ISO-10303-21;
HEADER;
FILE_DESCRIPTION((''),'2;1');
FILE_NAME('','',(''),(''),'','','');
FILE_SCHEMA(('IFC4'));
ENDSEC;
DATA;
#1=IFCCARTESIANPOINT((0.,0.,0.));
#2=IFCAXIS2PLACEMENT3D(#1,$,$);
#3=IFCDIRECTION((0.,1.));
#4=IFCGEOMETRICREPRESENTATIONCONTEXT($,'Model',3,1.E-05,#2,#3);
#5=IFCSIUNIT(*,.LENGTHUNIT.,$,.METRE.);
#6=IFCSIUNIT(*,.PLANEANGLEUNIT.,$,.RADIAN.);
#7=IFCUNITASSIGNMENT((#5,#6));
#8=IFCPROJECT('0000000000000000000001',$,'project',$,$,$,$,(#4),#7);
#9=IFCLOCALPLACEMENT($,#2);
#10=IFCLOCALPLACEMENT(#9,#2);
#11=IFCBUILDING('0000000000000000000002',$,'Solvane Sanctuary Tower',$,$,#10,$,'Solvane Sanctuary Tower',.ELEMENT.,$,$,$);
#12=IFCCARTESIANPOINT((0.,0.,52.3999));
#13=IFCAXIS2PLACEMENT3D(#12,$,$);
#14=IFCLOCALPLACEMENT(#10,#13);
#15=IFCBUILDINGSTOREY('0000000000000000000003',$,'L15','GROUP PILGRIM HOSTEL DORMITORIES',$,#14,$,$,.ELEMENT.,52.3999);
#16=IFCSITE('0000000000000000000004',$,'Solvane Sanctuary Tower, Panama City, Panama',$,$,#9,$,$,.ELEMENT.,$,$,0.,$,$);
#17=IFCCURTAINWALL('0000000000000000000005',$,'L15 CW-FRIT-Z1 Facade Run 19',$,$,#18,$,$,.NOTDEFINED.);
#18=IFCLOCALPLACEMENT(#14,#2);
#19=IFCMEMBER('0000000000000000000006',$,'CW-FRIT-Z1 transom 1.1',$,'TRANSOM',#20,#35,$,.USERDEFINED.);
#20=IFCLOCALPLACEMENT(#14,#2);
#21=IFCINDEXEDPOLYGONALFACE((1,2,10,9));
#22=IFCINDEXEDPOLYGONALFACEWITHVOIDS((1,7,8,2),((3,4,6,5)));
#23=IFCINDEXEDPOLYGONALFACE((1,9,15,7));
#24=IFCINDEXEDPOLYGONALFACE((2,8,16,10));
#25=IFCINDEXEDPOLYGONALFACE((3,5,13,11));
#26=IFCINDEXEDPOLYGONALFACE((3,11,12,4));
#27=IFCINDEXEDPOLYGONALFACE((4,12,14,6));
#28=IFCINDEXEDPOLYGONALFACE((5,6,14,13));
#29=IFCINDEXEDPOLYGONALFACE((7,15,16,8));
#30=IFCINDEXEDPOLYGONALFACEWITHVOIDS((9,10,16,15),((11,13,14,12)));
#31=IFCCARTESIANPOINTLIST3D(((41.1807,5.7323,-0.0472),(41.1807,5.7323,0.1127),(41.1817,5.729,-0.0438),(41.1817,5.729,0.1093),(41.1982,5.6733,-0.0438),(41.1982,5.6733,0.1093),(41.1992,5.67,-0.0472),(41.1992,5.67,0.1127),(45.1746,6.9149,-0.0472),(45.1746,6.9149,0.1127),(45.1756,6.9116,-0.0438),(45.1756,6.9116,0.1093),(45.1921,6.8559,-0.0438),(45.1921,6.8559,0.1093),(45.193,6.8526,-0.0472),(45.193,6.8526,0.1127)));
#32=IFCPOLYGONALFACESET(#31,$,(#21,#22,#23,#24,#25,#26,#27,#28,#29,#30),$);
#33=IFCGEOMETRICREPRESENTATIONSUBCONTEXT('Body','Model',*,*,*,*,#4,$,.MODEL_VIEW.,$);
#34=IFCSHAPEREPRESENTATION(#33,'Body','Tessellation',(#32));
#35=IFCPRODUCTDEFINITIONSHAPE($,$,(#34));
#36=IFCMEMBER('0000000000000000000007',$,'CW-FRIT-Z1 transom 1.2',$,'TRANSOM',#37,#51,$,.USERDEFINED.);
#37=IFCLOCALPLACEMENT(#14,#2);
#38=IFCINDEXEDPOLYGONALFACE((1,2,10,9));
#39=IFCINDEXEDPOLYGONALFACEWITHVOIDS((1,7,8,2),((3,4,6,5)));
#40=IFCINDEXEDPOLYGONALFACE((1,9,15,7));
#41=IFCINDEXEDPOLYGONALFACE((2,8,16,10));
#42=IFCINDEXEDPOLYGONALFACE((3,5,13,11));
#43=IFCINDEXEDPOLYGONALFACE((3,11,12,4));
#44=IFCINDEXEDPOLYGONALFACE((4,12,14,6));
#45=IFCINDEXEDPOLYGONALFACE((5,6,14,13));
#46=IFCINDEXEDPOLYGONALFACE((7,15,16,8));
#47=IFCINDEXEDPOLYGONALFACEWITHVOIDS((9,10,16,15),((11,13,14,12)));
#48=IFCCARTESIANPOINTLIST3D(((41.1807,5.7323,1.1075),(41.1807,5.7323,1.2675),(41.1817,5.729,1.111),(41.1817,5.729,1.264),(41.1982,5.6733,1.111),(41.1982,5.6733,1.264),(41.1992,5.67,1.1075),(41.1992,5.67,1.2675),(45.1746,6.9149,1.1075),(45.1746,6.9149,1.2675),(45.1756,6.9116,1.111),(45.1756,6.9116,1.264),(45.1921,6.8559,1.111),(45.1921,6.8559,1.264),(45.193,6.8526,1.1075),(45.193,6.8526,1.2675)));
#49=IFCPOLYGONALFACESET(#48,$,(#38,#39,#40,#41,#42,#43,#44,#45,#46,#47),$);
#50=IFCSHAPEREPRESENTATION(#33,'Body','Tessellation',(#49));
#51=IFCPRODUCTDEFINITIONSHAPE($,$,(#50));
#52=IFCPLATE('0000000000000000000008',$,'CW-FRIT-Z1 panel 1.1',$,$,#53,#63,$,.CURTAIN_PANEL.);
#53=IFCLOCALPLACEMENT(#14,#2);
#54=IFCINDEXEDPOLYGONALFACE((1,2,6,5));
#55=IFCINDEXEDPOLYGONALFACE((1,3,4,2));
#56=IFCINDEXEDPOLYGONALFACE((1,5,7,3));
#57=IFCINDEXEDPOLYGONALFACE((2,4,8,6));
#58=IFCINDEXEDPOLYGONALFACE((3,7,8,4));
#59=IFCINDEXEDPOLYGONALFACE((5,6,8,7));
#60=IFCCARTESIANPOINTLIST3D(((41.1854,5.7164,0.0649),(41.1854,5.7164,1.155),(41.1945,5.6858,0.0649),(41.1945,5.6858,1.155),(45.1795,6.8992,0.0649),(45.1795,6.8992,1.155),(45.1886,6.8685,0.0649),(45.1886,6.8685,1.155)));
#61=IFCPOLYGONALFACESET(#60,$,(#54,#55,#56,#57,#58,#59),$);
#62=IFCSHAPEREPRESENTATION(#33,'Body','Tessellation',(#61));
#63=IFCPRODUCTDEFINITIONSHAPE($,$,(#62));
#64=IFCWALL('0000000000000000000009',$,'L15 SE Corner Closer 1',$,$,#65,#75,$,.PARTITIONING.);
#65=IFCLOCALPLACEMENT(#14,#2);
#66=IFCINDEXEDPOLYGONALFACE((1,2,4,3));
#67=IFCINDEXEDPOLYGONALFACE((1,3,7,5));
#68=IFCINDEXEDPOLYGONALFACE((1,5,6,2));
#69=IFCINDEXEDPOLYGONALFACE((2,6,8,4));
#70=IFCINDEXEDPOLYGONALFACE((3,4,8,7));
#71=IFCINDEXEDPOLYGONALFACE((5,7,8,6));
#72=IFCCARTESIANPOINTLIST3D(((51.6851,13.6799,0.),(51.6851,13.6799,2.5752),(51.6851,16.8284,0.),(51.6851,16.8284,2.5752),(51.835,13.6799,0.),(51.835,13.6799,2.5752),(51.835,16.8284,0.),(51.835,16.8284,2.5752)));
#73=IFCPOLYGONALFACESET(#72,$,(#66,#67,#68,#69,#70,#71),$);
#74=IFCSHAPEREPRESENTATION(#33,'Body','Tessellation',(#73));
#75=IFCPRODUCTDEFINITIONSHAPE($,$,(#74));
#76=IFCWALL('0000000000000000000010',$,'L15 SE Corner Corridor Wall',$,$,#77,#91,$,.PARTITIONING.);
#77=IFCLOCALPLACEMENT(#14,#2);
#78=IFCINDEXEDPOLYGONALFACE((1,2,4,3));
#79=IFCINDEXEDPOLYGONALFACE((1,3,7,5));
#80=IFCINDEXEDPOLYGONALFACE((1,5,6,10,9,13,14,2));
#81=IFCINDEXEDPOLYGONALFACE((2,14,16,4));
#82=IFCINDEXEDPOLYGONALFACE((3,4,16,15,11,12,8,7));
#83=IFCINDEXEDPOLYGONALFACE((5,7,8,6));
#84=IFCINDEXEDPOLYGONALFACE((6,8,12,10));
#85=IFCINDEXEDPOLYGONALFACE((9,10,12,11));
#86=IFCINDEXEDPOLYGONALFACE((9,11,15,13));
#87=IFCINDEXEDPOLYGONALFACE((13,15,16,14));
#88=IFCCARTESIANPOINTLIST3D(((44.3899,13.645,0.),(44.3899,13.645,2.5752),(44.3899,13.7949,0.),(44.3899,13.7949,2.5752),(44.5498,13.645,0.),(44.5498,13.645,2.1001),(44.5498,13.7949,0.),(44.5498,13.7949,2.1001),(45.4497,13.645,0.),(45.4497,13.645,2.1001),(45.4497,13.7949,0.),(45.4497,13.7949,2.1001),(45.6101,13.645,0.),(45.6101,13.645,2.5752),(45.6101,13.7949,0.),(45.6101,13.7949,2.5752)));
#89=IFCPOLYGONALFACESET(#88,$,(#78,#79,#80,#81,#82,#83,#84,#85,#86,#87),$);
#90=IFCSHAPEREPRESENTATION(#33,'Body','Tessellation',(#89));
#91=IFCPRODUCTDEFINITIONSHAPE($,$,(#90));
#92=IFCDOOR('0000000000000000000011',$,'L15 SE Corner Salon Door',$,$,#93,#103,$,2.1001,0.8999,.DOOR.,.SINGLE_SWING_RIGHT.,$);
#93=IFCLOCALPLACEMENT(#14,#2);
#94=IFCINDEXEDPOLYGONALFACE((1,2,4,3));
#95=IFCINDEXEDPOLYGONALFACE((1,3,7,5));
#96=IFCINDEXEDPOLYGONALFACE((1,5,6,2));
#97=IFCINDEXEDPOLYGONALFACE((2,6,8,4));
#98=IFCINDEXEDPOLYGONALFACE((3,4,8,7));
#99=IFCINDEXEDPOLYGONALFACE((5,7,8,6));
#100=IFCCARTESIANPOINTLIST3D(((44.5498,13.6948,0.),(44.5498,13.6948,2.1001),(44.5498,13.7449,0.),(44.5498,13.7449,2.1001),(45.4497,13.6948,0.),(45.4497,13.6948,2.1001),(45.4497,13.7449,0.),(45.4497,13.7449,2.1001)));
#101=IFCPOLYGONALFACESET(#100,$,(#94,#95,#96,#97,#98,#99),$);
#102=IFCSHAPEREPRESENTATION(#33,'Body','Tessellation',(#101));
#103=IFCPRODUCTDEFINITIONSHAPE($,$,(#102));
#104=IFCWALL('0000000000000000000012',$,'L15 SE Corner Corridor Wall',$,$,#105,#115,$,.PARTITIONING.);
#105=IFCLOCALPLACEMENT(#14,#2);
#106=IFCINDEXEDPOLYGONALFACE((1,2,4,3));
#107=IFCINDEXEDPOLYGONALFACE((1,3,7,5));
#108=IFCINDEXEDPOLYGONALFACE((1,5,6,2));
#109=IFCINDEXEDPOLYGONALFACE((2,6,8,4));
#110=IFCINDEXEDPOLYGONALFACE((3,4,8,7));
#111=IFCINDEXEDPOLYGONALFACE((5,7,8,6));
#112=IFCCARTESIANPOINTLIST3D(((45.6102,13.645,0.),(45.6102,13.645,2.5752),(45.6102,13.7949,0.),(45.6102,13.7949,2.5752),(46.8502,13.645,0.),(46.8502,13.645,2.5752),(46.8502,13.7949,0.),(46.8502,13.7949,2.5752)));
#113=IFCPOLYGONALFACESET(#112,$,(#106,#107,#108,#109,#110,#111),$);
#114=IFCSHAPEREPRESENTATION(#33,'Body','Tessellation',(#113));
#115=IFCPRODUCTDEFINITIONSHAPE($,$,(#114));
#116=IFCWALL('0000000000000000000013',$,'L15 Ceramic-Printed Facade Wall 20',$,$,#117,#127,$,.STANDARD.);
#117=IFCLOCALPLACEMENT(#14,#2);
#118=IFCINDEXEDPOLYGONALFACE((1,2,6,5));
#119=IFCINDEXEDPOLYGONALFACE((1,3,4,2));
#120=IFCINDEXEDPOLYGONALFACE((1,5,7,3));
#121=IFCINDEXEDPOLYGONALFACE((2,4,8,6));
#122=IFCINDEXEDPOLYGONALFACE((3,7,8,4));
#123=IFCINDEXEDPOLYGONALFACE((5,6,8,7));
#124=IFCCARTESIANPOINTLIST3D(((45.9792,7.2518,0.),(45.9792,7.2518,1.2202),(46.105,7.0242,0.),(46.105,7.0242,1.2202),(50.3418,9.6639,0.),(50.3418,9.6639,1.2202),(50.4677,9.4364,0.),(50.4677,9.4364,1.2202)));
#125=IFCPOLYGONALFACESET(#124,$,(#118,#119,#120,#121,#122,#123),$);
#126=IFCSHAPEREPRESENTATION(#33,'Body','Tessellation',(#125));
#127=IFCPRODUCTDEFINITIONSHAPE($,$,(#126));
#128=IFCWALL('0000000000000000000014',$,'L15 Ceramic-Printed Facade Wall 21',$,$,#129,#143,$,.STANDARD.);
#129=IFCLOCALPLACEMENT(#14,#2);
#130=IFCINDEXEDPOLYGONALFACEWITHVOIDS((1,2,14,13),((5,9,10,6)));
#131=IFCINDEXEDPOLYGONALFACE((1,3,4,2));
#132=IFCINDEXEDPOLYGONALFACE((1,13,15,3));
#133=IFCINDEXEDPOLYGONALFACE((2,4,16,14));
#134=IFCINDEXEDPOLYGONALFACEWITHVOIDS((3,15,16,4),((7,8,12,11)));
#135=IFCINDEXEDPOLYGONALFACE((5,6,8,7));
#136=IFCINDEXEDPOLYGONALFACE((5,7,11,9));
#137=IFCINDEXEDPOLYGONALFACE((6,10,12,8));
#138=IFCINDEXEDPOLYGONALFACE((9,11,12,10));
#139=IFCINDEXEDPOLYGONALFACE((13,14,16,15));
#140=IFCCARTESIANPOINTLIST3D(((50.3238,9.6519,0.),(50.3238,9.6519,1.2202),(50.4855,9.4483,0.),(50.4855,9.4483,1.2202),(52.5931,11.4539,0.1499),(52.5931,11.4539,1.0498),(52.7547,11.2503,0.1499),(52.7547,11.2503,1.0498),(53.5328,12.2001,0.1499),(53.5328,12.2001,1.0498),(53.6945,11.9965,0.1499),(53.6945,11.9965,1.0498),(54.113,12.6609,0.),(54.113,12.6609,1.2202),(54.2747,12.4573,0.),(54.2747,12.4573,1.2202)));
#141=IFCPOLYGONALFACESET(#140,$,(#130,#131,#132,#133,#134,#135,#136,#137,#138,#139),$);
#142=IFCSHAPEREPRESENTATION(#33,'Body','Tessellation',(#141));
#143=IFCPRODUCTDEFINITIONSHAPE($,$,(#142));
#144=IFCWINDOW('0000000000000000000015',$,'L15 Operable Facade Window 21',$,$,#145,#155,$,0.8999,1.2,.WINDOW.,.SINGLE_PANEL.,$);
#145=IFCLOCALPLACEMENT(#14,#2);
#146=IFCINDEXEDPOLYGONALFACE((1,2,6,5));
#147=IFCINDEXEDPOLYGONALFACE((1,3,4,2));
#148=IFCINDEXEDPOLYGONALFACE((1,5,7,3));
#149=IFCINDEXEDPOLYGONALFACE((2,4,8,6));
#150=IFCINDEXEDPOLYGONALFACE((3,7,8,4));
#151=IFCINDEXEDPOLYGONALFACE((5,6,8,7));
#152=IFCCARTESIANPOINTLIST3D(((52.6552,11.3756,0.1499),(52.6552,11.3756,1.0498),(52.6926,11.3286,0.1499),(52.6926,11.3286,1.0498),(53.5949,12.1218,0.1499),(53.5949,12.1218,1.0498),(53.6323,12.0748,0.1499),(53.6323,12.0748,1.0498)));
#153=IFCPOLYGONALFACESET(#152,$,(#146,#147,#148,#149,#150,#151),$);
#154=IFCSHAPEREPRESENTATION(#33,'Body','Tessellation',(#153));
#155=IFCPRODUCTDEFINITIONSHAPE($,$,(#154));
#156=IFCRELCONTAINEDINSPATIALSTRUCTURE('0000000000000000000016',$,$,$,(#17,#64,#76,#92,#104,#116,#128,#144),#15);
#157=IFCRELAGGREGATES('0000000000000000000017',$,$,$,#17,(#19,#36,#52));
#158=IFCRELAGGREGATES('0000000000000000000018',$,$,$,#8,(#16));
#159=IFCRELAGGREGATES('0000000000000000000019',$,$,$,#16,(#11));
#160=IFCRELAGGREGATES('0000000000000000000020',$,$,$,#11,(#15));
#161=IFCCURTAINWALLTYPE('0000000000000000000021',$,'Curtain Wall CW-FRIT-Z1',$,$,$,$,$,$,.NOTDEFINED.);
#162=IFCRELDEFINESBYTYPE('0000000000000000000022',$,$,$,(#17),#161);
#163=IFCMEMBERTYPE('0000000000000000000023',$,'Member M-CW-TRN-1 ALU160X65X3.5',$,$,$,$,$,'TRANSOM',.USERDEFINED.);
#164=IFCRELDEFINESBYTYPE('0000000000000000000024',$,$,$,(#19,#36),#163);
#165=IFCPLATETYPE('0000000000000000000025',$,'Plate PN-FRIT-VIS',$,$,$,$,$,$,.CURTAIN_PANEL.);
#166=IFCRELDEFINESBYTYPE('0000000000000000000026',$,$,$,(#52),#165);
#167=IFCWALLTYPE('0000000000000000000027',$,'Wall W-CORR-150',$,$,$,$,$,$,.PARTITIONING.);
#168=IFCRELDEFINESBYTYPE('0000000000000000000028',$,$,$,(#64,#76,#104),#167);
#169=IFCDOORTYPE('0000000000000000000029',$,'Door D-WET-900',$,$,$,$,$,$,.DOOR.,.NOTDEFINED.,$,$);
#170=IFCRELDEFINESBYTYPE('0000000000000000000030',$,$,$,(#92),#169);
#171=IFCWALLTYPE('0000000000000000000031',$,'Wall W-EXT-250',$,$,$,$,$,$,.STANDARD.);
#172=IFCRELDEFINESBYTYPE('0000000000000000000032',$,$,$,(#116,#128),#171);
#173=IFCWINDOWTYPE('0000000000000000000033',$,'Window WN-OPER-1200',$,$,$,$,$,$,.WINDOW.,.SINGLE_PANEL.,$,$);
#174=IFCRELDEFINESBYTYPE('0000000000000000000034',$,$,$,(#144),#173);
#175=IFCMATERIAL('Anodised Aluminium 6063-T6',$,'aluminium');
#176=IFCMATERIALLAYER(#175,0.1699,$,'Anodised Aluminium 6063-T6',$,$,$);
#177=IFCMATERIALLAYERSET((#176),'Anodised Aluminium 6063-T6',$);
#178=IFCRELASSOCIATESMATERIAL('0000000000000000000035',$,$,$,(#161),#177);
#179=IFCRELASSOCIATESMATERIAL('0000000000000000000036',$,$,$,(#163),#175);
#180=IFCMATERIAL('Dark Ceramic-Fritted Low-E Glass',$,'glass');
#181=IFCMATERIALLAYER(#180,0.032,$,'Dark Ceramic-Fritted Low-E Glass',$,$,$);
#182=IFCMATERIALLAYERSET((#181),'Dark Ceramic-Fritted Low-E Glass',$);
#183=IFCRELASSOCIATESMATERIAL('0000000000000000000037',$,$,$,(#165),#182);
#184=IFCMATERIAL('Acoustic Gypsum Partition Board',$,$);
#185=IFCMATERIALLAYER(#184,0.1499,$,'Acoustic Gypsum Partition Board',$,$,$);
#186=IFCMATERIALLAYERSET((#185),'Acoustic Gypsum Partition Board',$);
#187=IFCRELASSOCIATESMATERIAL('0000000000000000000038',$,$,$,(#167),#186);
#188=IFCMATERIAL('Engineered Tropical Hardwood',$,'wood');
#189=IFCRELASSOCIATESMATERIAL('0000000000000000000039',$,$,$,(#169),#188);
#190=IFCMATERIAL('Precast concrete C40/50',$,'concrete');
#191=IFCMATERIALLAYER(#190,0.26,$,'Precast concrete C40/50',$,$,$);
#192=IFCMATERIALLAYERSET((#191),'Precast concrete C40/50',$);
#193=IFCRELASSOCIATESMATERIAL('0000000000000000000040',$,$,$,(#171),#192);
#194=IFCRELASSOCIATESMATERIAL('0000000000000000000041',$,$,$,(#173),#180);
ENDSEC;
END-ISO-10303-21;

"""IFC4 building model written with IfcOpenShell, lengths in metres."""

from ifc_helpers import new_model, si_unit, direction, frame, frame_2d, origin, origin_2d, place, context, subcontext, project, spatial, rectangle, hollow_rectangle, extrude, material, layer, layer_set, material_profile, profile_set, type_object, element, fill, aggregate, save


model = new_model("IFC4")

# Units and contexts
model_context = context("Model", 3, precision=1e-05, world=origin(), true_north=direction((0.0, 1.0)))
body_context = subcontext(model_context, "Body", "Model", "MODEL_VIEW")
ifc_project = project(units=[si_unit("LENGTHUNIT", "METRE"), si_unit("PLANEANGLEUNIT", "RADIAN")], contexts=[model_context])

# Site, building, storey
site_placement = place(None, origin())
site = spatial("IfcSite", under=ifc_project, at=site_placement, Name="Solvane Sanctuary Tower, Panama City, Panama", CompositionType="ELEMENT", RefElevation=0.0)
building_placement = place(site_placement, origin())
building = spatial("IfcBuilding", under=site, at=building_placement, Name="Solvane Sanctuary Tower", LongName="Solvane Sanctuary Tower", CompositionType="ELEMENT")
storey_placement = place(building_placement, frame((0.0, 0.0, 52.3999)))
storey = spatial("IfcBuildingStorey", under=building, at=storey_placement, Name="L15", Description="GROUP PILGRIM HOSTEL DORMITORIES", CompositionType="ELEMENT", Elevation=52.3999)

# Curtain wall, members, plate
ifc_material_1 = material(Name="Anodised Aluminium 6063-T6", Category="aluminium")
ifc_layer_1 = layer(ifc_material_1, 0.1699, Name="Anodised Aluminium 6063-T6")
ifc_layer_set_1 = layer_set([ifc_layer_1], Name="Anodised Aluminium 6063-T6")
curtain_wall_type = type_object("IfcCurtainWallType", Name="Curtain Wall CW-FRIT-Z1", PredefinedType="NOTDEFINED", material=ifc_layer_set_1)
curtain_wall_placement = place(storey_placement, origin())
curtain_wall = element("IfcCurtainWall", 1, at=curtain_wall_placement, inside=storey, type_object=curtain_wall_type, Name="L15 CW-FRIT-Z1 Facade Run 19", PredefinedType="NOTDEFINED")
ifc_material_profile_1 = material_profile(ifc_material_1, hollow_rectangle(XDim=0.0649, YDim=0.1599, WallThickness=0.0034, at=origin_2d()), Name="ALU160X65X3.5")
ifc_profile_set_1 = profile_set([ifc_material_profile_1], Name="Anodised Aluminium 6063-T6")
member_type_1 = type_object("IfcMemberType", Name="Member M-CW-TRN-1 ALU160X65X3.5", ElementType="TRANSOM", PredefinedType="USERDEFINED", material=ifc_profile_set_1)
member_1_placement = place(storey_placement, frame((41.1899, 5.7012, 0.0327), z_axis=(0.958848, 0.283921, 0.0), x_axis=(-0.283921, 0.958848, 0.0)))
member_1 = element("IfcMember", 2, at=member_1_placement, type_object=member_type_1, Name="CW-FRIT-Z1 transom 1.1", ObjectType="TRANSOM", PredefinedType="USERDEFINED", context=body_context, shape_type="SweptSolid", body=[
    extrude(hollow_rectangle(XDim=0.0649, YDim=0.1599, WallThickness=0.0034, at=origin_2d()), origin(), (0.0, 0.0, 1.0), 4.1653),
])
member_2_placement = place(storey_placement, frame((41.1899, 5.7012, 1.1875), z_axis=(0.958848, 0.283921, 0.0), x_axis=(-0.283921, 0.958848, 0.0)))
member_2 = element("IfcMember", 3, at=member_2_placement, type_object=member_type_1, Name="CW-FRIT-Z1 transom 1.2", ObjectType="TRANSOM", PredefinedType="USERDEFINED", context=body_context, shape_type="SweptSolid", body=[
    extrude(hollow_rectangle(XDim=0.0649, YDim=0.1599, WallThickness=0.0034, at=origin_2d()), origin(), (0.0, 0.0, 1.0), 4.1653),
])
ifc_material_2 = material(Name="Dark Ceramic-Fritted Low-E Glass", Category="glass")
ifc_layer_2 = layer(ifc_material_2, 0.032, Name="Dark Ceramic-Fritted Low-E Glass")
ifc_layer_set_2 = layer_set([ifc_layer_2], Name="Dark Ceramic-Fritted Low-E Glass")
plate_type = type_object("IfcPlateType", Name="Plate PN-FRIT-VIS", PredefinedType="CURTAIN_PANEL", material=ifc_layer_set_2)
plate_placement = place(storey_placement, frame((43.187, 6.2925, 0.0649), z_axis=(0.0, 0.0, 1.0), x_axis=(0.958843, 0.283936, 0.0)))
plate = element("IfcPlate", 4, at=plate_placement, type_object=plate_type, Name="CW-FRIT-Z1 panel 1.1", PredefinedType="CURTAIN_PANEL", context=body_context, shape_type="SweptSolid", body=[
    extrude(rectangle(XDim=4.1655, YDim=0.032, at=origin_2d()), origin(), (0.0, 0.0, 1.0), 1.0901),
])
aggregate(curtain_wall, [member_1, member_2, plate])

# Wall
ifc_material_3 = material(Name="Acoustic Gypsum Partition Board")
ifc_layer_3 = layer(ifc_material_3, 0.1499, Name="Acoustic Gypsum Partition Board")
ifc_layer_set_3 = layer_set([ifc_layer_3], Name="Acoustic Gypsum Partition Board")
wall_type_1 = type_object("IfcWallType", Name="Wall W-CORR-150", PredefinedType="PARTITIONING", material=ifc_layer_set_3)
wall_1_placement = place(storey_placement, frame((51.76, 13.6799, 0.0), z_axis=(0.0, 0.0, 1.0), x_axis=(0.0, 1.0, 0.0)))
element("IfcWall", 5, at=wall_1_placement, inside=storey, type_object=wall_type_1, Name="L15 SE Corner Closer 1", PredefinedType="PARTITIONING", context=body_context, shape_type="SweptSolid", body=[
    extrude(rectangle(XDim=3.1484, YDim=0.1499, at=frame_2d((1.5742, 0.0))), origin(), (0.0, 0.0, 1.0), 2.5752),
])

# Wall, opening, door
wall_2_placement = place(storey_placement, frame((44.3899, 13.72, 0.0), z_axis=(0.0, 0.0, 1.0), x_axis=(1.0, 0.0, 0.0)))
wall_2 = element("IfcWall", 6, at=wall_2_placement, inside=storey, type_object=wall_type_1, Name="L15 SE Corner Corridor Wall", PredefinedType="PARTITIONING", context=body_context, shape_type="SweptSolid", body=[
    extrude(rectangle(XDim=1.2202, YDim=0.1499, at=frame_2d((0.6101, 0.0))), origin(), (0.0, 0.0, 1.0), 2.5752),
])
opening_1_placement = place(wall_2_placement, frame((0.1599, 0.0, 0.0)))
opening_1 = element("IfcOpeningElement", 7, at=opening_1_placement, cuts=wall_2, PredefinedType="OPENING", context=body_context, shape_type="SweptSolid", body=[
    extrude(rectangle(XDim=0.8999, YDim=2.1001, at=frame_2d((0.45, 1.05))), frame((0.0, 0.085, 0.0), z_axis=(0.0, -1.0, 0.0), x_axis=(1.0, 0.0, 0.0)), (0.0, 0.0, 1.0), 0.1699),
])
ifc_material_4 = material(Name="Engineered Tropical Hardwood", Category="wood")
door_type_1 = type_object("IfcDoorType", Name="Door D-WET-900", OperationType="NOTDEFINED", PredefinedType="DOOR", material=ifc_material_4)
door_1_placement = place(opening_1_placement, origin())
door_1 = element("IfcDoor", 8, at=door_1_placement, inside=storey, type_object=door_type_1, Name="L15 SE Corner Salon Door", OperationType="SINGLE_SWING_RIGHT", OverallHeight=2.1001, OverallWidth=0.8999, PredefinedType="DOOR", context=body_context, shape_type="SweptSolid", body=[
    extrude(rectangle(XDim=0.8999, YDim=2.1001, at=frame_2d((0.45, 1.05))), frame((0.0, 0.0249, 0.0), z_axis=(0.0, -1.0, 0.0), x_axis=(1.0, 0.0, 0.0)), (0.0, 0.0, 1.0), 0.05),
])
fill(opening_1, door_1)

# Walls
wall_3_placement = place(storey_placement, frame((45.6101, 13.72, 0.0), z_axis=(0.0, 0.0, 1.0), x_axis=(1.0, 0.0, 0.0)))
element("IfcWall", 9, at=wall_3_placement, inside=storey, type_object=wall_type_1, Name="L15 SE Corner Corridor Wall", PredefinedType="PARTITIONING", context=body_context, shape_type="SweptSolid", body=[
    extrude(rectangle(XDim=1.24, YDim=0.1499, at=frame_2d((0.6201, 0.0))), origin(), (0.0, 0.0, 1.0), 2.5752),
])
ifc_material_5 = material(Name="Precast concrete C40/50", Category="concrete")
ifc_layer_4 = layer(ifc_material_5, 0.26, Name="Precast concrete C40/50")
ifc_layer_set_4 = layer_set([ifc_layer_4], Name="Precast concrete C40/50")
wall_type_2 = type_object("IfcWallType", Name="Wall W-EXT-250", PredefinedType="STANDARD", material=ifc_layer_set_4)
wall_4_placement = place(storey_placement, frame((46.042, 7.1379, 0.0), z_axis=(0.0, 0.0, 1.0), x_axis=(0.875137, 0.483875, 0.0)))
element("IfcWall", 10, at=wall_4_placement, inside=storey, type_object=wall_type_2, Name="L15 Ceramic-Printed Facade Wall 20", PredefinedType="STANDARD", context=body_context, shape_type="SweptSolid", body=[
    extrude(rectangle(XDim=4.9851, YDim=0.26, at=frame_2d((2.4927, 0.0))), origin(), (0.0, 0.0, 1.0), 1.2202),
])

# Wall, opening, window
wall_5_placement = place(storey_placement, frame((50.4045, 9.55, 0.0), z_axis=(0.0, 0.0, 1.0), x_axis=(0.783123, 0.621867, 0.0)))
wall_5 = element("IfcWall", 11, at=wall_5_placement, inside=storey, type_object=wall_type_2, Name="L15 Ceramic-Printed Facade Wall 21", PredefinedType="STANDARD", context=body_context, shape_type="SweptSolid", body=[
    extrude(rectangle(XDim=4.8386, YDim=0.26, at=frame_2d((2.4194, 0.0))), origin(), (0.0, 0.0, 1.0), 1.2202),
])
opening_2_placement = place(wall_5_placement, frame((2.8977, 0.0, 0.1499)))
opening_2 = element("IfcOpeningElement", 12, at=opening_2_placement, cuts=wall_5, PredefinedType="OPENING", context=body_context, shape_type="SweptSolid", body=[
    extrude(rectangle(XDim=1.2, YDim=0.8999, at=frame_2d((0.6001, 0.45))), frame((0.0, 0.1399, 0.0), z_axis=(0.0, -1.0, 0.0), x_axis=(1.0, 0.0, 0.0)), (0.0, 0.0, 1.0), 0.28),
])
window_type = type_object("IfcWindowType", Name="Window WN-OPER-1200", PartitioningType="SINGLE_PANEL", PredefinedType="WINDOW", material=ifc_material_2)
window_1_placement = place(opening_2_placement, origin())
window_1 = element("IfcWindow", 13, at=window_1_placement, inside=storey, type_object=window_type, Name="L15 Operable Facade Window 21", OverallHeight=0.8999, OverallWidth=1.2, PartitioningType="SINGLE_PANEL", PredefinedType="WINDOW", context=body_context, shape_type="SweptSolid", body=[
    extrude(rectangle(XDim=1.2, YDim=0.8999, at=frame_2d((0.6001, 0.45))), frame((0.0, 0.03, 0.0), z_axis=(0.0, -1.0, 0.0), x_axis=(1.0, 0.0, 0.0)), (0.0, 0.0, 1.0), 0.0601),
])
fill(opening_2, window_1)

save(model, "model.ifc")
